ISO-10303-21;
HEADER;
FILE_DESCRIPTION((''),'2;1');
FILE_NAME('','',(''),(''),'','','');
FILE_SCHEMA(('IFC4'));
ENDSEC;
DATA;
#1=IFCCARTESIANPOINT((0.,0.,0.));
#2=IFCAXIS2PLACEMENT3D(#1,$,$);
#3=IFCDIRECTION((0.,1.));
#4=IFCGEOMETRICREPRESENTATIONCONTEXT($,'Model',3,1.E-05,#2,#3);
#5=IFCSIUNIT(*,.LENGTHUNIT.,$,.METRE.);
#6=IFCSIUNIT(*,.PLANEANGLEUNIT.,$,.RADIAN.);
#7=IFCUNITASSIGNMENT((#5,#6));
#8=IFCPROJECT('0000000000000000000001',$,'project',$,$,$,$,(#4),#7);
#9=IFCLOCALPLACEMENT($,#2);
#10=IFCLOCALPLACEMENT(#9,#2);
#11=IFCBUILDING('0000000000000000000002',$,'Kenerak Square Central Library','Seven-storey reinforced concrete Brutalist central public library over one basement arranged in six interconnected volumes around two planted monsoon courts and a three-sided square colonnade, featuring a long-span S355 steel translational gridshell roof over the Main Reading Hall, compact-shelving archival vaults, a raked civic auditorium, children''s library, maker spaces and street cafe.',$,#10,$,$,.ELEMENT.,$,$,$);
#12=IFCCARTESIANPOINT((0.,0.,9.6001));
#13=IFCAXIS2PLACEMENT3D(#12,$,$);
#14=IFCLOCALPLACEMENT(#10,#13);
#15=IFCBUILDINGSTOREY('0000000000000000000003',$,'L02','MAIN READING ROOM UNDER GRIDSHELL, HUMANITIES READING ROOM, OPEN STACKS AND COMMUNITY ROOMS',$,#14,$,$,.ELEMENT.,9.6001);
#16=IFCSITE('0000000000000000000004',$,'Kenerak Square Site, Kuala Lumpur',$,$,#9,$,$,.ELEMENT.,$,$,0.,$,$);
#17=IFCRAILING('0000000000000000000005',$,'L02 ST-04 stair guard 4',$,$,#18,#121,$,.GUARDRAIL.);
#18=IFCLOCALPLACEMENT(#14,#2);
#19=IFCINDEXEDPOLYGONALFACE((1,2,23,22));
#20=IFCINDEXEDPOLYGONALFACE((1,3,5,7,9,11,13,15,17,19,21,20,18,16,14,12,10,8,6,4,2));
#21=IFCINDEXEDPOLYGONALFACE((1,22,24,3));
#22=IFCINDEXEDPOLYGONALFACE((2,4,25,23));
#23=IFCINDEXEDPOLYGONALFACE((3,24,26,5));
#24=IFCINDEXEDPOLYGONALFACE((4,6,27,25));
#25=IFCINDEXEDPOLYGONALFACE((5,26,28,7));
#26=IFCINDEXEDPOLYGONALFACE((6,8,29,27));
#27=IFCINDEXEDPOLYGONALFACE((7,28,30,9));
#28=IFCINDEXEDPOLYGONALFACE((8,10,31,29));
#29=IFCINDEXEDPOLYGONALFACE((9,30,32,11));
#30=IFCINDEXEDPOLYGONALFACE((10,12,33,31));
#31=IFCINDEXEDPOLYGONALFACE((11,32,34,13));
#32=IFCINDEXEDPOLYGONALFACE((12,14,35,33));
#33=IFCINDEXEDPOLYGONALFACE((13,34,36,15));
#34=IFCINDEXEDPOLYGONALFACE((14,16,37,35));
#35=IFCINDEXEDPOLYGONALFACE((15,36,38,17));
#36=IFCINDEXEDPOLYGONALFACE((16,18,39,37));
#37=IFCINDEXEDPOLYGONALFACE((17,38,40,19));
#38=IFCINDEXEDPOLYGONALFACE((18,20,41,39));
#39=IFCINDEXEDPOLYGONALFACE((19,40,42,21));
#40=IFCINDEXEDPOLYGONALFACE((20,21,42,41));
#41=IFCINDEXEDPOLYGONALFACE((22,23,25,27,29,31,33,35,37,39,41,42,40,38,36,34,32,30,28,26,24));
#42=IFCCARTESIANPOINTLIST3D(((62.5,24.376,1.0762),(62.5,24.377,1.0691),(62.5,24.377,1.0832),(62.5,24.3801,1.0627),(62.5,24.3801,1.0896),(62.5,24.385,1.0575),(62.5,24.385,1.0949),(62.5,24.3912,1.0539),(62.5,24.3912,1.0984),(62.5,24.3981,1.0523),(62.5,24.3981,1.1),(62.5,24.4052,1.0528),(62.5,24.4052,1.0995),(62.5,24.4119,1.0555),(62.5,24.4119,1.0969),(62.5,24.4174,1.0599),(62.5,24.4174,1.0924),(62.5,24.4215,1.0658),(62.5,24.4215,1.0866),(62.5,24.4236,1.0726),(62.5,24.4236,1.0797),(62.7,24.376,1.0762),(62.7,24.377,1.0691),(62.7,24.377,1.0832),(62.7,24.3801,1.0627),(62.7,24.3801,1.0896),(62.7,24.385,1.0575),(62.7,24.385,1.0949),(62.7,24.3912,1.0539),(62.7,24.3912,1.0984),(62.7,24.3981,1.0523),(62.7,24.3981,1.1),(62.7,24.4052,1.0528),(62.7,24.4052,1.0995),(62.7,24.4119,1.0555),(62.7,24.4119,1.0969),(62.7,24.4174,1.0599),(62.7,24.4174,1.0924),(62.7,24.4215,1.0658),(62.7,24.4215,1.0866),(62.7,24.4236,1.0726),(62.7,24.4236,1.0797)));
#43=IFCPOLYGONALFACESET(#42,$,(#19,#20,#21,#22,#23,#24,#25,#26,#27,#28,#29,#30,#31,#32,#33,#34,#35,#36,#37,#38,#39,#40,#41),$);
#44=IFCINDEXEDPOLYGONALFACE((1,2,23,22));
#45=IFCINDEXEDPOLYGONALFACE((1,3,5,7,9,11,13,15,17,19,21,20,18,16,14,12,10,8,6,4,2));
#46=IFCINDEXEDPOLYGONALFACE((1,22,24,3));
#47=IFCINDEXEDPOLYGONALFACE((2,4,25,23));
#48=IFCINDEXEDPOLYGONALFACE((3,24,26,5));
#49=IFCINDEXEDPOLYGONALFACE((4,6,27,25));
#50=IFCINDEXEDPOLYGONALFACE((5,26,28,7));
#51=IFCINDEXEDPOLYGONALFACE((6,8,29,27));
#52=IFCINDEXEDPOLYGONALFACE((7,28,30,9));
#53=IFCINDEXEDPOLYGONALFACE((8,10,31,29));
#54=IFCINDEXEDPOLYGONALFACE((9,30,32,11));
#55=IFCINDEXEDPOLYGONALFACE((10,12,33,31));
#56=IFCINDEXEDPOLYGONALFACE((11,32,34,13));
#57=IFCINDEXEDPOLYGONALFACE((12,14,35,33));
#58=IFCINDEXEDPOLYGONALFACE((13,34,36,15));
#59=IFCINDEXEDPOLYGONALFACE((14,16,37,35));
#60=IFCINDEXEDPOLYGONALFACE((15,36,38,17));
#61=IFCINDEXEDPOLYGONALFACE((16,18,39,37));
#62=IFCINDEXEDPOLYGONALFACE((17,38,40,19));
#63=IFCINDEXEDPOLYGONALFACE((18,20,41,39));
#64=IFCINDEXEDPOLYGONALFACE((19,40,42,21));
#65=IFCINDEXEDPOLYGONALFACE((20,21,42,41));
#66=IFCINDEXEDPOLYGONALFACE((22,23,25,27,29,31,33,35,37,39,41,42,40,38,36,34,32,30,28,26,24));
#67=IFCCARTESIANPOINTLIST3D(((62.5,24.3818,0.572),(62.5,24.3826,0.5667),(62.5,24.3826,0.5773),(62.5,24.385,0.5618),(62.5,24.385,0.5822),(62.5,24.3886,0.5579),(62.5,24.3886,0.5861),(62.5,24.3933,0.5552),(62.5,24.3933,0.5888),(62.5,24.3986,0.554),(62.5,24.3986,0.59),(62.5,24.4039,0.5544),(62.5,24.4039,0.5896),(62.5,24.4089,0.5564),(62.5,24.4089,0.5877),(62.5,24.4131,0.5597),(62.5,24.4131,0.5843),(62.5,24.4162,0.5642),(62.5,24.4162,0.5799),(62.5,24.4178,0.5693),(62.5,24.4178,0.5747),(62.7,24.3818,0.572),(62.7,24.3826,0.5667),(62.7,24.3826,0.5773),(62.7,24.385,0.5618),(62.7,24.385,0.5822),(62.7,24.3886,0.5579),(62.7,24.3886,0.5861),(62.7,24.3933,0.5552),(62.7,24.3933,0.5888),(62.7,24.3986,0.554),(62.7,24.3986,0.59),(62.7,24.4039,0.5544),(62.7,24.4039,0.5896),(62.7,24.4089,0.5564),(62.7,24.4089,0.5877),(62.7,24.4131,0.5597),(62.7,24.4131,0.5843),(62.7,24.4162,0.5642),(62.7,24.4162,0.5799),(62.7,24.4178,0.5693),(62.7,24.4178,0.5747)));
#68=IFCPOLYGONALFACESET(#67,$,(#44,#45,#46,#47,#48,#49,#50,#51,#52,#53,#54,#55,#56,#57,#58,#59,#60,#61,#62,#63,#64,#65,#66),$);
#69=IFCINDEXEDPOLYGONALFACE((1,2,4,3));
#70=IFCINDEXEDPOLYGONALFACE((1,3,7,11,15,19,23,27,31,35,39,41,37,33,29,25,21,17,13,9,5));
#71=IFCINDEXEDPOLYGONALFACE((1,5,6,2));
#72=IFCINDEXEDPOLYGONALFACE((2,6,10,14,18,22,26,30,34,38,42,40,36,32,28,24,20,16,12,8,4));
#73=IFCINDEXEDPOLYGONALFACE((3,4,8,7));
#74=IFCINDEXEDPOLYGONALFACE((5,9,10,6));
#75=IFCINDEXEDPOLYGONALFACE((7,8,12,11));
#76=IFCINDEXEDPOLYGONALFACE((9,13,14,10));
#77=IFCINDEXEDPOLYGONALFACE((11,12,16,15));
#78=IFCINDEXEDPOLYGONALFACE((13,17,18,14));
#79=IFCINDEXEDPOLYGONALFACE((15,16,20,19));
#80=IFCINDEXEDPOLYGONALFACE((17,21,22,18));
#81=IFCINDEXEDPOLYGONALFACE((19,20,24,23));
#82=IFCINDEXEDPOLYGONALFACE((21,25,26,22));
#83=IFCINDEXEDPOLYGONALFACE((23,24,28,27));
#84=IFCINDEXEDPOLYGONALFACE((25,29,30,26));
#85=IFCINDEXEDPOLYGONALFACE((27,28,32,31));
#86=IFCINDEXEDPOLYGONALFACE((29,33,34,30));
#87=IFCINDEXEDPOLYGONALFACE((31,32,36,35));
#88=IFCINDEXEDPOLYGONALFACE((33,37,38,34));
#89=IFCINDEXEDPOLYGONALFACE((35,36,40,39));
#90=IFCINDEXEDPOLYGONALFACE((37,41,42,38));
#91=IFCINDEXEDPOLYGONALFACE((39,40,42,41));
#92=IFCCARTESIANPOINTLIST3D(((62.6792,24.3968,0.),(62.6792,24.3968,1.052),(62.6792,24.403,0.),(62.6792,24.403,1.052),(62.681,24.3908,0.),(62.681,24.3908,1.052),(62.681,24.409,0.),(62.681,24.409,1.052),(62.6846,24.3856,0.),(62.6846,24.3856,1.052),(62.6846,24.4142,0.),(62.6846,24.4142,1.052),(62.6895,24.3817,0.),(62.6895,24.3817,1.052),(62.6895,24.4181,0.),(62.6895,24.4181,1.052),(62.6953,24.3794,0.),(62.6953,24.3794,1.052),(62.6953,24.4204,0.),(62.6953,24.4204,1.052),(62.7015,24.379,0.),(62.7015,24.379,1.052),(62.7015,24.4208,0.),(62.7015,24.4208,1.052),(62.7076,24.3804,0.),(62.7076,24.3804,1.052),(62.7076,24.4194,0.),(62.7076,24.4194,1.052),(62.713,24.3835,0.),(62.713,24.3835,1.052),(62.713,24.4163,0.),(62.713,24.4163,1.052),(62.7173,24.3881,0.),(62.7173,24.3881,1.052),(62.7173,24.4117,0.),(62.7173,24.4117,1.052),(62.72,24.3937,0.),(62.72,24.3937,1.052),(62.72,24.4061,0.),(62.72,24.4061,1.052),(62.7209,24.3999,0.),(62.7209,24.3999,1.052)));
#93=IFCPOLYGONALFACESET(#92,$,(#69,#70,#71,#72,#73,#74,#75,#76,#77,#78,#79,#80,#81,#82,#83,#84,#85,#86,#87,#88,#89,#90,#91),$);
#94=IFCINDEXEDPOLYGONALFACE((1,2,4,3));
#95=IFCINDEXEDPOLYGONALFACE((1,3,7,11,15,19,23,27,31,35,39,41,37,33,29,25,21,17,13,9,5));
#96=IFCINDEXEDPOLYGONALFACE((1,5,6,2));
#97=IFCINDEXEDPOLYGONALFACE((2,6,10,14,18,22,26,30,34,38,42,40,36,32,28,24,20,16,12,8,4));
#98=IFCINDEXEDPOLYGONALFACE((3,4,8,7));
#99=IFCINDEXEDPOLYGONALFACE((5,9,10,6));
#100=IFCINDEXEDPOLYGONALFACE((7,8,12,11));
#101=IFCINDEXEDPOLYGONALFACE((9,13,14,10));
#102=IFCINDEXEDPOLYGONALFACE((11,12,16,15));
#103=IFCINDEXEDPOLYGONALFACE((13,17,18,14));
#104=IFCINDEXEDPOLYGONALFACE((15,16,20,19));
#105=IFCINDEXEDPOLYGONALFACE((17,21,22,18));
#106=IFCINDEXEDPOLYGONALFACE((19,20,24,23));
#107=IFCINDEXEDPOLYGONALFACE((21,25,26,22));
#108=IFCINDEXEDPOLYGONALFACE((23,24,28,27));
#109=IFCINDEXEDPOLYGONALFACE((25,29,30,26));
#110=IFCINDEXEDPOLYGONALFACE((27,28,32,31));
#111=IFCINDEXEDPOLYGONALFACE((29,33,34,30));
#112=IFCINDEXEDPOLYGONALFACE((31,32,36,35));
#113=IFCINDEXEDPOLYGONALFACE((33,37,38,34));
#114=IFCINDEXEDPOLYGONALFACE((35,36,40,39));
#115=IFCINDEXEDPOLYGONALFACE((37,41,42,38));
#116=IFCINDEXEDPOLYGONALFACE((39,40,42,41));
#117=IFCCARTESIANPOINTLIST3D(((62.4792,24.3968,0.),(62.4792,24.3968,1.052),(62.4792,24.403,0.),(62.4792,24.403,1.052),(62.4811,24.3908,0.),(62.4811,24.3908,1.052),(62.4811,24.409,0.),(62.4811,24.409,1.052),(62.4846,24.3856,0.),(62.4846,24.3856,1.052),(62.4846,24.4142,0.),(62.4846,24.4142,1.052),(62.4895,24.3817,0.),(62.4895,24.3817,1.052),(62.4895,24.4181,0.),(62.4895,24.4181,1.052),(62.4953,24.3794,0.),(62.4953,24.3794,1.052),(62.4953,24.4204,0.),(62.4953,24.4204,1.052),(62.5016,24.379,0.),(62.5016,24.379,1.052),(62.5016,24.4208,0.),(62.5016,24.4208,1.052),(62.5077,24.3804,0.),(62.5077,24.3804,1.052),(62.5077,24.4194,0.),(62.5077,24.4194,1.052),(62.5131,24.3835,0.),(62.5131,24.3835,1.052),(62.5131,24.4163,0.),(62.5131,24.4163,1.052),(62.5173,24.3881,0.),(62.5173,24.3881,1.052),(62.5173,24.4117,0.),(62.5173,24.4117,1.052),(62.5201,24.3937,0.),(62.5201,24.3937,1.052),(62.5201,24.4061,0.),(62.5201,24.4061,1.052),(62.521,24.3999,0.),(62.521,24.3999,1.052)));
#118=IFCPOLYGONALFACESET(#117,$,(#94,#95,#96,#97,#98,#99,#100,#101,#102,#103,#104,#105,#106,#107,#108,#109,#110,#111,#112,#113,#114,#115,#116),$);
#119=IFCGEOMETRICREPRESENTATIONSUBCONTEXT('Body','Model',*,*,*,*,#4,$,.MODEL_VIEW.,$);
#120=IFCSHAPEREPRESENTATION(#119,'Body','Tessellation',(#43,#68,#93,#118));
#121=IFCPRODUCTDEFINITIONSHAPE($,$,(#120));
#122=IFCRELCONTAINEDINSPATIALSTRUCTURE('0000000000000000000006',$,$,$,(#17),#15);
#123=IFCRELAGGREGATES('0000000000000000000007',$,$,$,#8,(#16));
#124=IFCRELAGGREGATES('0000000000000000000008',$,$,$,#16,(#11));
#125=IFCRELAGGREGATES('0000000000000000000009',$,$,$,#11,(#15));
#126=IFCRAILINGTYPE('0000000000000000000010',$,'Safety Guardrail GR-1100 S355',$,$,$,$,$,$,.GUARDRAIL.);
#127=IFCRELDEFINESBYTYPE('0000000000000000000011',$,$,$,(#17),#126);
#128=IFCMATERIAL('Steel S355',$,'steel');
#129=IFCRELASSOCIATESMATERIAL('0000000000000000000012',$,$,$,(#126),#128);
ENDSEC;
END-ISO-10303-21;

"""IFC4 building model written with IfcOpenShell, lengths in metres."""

from ifc_helpers import new_model, si_unit, direction, frame, origin, origin_2d, place, context, subcontext, project, spatial, circle, extrude, material, type_object, element, save


model = new_model("IFC4")

# Units and contexts
model_context = context("Model", 3, precision=1e-05, world=origin(), true_north=direction((0.0, 1.0)))
body_context = subcontext(model_context, "Body", "Model", "MODEL_VIEW")
ifc_project = project(units=[si_unit("LENGTHUNIT", "METRE"), si_unit("PLANEANGLEUNIT", "RADIAN")], contexts=[model_context])

# Site, building, storey
site_placement = place(None, origin())
site = spatial("IfcSite", under=ifc_project, at=site_placement, Name="Kenerak Square Site, Kuala Lumpur", CompositionType="ELEMENT", RefElevation=0.0)
building_placement = place(site_placement, origin())
building = spatial("IfcBuilding", under=site, at=building_placement, Name="Kenerak Square Central Library", Description="Seven-storey reinforced concrete Brutalist central public library over one basement arranged in six interconnected volumes around two planted monsoon courts and a three-sided square colonnade, featuring a long-span S355 steel translational gridshell roof over the Main Reading Hall, compact-shelving archival vaults, a raked civic auditorium, children's library, maker spaces and street cafe.", CompositionType="ELEMENT")
storey_placement = place(building_placement, frame((0.0, 0.0, 9.6001)))
storey = spatial("IfcBuildingStorey", under=building, at=storey_placement, Name="L02", Description="MAIN READING ROOM UNDER GRIDSHELL, HUMANITIES READING ROOM, OPEN STACKS AND COMMUNITY ROOMS", CompositionType="ELEMENT", Elevation=9.6001)

# Shared definitions
ifc_material_1 = material(Name="Steel S355", Category="steel")

# Railing
railing_type_1 = type_object("IfcRailingType", Name="Safety Guardrail GR-1100 S355", PredefinedType="GUARDRAIL", material=ifc_material_1)
railing_1_placement = place(storey_placement, frame((62.7, 24.3999, 0.0)))
element("IfcRailing", 1, at=railing_1_placement, inside=storey, type_object=railing_type_1, Name="L02 ST-04 stair guard 4", PredefinedType="GUARDRAIL", context=body_context, shape_type="SweptSolid", body=[
    extrude(circle(Radius=0.0239, at=origin_2d()), frame((0.0, 0.0, 1.0762), z_axis=(-1.0, 0.0, 0.0), x_axis=(0.0, -1.0, 0.0)), (0.0, 0.0, 1.0), 0.2),
    extrude(circle(Radius=0.0181, at=origin_2d()), frame((0.0, 0.0, 0.572), z_axis=(-1.0, 0.0, 0.0), x_axis=(0.0, -1.0, 0.0)), (0.0, 0.0, 1.0), 0.2),
    extrude(circle(Radius=0.021, at=origin_2d()), origin(), (0.0, 0.0, 1.0), 1.052),
    extrude(circle(Radius=0.021, at=origin_2d()), frame((-0.2, 0.0, 0.0)), (0.0, 0.0, 1.0), 1.052),
])

save(model, "model.ifc")
